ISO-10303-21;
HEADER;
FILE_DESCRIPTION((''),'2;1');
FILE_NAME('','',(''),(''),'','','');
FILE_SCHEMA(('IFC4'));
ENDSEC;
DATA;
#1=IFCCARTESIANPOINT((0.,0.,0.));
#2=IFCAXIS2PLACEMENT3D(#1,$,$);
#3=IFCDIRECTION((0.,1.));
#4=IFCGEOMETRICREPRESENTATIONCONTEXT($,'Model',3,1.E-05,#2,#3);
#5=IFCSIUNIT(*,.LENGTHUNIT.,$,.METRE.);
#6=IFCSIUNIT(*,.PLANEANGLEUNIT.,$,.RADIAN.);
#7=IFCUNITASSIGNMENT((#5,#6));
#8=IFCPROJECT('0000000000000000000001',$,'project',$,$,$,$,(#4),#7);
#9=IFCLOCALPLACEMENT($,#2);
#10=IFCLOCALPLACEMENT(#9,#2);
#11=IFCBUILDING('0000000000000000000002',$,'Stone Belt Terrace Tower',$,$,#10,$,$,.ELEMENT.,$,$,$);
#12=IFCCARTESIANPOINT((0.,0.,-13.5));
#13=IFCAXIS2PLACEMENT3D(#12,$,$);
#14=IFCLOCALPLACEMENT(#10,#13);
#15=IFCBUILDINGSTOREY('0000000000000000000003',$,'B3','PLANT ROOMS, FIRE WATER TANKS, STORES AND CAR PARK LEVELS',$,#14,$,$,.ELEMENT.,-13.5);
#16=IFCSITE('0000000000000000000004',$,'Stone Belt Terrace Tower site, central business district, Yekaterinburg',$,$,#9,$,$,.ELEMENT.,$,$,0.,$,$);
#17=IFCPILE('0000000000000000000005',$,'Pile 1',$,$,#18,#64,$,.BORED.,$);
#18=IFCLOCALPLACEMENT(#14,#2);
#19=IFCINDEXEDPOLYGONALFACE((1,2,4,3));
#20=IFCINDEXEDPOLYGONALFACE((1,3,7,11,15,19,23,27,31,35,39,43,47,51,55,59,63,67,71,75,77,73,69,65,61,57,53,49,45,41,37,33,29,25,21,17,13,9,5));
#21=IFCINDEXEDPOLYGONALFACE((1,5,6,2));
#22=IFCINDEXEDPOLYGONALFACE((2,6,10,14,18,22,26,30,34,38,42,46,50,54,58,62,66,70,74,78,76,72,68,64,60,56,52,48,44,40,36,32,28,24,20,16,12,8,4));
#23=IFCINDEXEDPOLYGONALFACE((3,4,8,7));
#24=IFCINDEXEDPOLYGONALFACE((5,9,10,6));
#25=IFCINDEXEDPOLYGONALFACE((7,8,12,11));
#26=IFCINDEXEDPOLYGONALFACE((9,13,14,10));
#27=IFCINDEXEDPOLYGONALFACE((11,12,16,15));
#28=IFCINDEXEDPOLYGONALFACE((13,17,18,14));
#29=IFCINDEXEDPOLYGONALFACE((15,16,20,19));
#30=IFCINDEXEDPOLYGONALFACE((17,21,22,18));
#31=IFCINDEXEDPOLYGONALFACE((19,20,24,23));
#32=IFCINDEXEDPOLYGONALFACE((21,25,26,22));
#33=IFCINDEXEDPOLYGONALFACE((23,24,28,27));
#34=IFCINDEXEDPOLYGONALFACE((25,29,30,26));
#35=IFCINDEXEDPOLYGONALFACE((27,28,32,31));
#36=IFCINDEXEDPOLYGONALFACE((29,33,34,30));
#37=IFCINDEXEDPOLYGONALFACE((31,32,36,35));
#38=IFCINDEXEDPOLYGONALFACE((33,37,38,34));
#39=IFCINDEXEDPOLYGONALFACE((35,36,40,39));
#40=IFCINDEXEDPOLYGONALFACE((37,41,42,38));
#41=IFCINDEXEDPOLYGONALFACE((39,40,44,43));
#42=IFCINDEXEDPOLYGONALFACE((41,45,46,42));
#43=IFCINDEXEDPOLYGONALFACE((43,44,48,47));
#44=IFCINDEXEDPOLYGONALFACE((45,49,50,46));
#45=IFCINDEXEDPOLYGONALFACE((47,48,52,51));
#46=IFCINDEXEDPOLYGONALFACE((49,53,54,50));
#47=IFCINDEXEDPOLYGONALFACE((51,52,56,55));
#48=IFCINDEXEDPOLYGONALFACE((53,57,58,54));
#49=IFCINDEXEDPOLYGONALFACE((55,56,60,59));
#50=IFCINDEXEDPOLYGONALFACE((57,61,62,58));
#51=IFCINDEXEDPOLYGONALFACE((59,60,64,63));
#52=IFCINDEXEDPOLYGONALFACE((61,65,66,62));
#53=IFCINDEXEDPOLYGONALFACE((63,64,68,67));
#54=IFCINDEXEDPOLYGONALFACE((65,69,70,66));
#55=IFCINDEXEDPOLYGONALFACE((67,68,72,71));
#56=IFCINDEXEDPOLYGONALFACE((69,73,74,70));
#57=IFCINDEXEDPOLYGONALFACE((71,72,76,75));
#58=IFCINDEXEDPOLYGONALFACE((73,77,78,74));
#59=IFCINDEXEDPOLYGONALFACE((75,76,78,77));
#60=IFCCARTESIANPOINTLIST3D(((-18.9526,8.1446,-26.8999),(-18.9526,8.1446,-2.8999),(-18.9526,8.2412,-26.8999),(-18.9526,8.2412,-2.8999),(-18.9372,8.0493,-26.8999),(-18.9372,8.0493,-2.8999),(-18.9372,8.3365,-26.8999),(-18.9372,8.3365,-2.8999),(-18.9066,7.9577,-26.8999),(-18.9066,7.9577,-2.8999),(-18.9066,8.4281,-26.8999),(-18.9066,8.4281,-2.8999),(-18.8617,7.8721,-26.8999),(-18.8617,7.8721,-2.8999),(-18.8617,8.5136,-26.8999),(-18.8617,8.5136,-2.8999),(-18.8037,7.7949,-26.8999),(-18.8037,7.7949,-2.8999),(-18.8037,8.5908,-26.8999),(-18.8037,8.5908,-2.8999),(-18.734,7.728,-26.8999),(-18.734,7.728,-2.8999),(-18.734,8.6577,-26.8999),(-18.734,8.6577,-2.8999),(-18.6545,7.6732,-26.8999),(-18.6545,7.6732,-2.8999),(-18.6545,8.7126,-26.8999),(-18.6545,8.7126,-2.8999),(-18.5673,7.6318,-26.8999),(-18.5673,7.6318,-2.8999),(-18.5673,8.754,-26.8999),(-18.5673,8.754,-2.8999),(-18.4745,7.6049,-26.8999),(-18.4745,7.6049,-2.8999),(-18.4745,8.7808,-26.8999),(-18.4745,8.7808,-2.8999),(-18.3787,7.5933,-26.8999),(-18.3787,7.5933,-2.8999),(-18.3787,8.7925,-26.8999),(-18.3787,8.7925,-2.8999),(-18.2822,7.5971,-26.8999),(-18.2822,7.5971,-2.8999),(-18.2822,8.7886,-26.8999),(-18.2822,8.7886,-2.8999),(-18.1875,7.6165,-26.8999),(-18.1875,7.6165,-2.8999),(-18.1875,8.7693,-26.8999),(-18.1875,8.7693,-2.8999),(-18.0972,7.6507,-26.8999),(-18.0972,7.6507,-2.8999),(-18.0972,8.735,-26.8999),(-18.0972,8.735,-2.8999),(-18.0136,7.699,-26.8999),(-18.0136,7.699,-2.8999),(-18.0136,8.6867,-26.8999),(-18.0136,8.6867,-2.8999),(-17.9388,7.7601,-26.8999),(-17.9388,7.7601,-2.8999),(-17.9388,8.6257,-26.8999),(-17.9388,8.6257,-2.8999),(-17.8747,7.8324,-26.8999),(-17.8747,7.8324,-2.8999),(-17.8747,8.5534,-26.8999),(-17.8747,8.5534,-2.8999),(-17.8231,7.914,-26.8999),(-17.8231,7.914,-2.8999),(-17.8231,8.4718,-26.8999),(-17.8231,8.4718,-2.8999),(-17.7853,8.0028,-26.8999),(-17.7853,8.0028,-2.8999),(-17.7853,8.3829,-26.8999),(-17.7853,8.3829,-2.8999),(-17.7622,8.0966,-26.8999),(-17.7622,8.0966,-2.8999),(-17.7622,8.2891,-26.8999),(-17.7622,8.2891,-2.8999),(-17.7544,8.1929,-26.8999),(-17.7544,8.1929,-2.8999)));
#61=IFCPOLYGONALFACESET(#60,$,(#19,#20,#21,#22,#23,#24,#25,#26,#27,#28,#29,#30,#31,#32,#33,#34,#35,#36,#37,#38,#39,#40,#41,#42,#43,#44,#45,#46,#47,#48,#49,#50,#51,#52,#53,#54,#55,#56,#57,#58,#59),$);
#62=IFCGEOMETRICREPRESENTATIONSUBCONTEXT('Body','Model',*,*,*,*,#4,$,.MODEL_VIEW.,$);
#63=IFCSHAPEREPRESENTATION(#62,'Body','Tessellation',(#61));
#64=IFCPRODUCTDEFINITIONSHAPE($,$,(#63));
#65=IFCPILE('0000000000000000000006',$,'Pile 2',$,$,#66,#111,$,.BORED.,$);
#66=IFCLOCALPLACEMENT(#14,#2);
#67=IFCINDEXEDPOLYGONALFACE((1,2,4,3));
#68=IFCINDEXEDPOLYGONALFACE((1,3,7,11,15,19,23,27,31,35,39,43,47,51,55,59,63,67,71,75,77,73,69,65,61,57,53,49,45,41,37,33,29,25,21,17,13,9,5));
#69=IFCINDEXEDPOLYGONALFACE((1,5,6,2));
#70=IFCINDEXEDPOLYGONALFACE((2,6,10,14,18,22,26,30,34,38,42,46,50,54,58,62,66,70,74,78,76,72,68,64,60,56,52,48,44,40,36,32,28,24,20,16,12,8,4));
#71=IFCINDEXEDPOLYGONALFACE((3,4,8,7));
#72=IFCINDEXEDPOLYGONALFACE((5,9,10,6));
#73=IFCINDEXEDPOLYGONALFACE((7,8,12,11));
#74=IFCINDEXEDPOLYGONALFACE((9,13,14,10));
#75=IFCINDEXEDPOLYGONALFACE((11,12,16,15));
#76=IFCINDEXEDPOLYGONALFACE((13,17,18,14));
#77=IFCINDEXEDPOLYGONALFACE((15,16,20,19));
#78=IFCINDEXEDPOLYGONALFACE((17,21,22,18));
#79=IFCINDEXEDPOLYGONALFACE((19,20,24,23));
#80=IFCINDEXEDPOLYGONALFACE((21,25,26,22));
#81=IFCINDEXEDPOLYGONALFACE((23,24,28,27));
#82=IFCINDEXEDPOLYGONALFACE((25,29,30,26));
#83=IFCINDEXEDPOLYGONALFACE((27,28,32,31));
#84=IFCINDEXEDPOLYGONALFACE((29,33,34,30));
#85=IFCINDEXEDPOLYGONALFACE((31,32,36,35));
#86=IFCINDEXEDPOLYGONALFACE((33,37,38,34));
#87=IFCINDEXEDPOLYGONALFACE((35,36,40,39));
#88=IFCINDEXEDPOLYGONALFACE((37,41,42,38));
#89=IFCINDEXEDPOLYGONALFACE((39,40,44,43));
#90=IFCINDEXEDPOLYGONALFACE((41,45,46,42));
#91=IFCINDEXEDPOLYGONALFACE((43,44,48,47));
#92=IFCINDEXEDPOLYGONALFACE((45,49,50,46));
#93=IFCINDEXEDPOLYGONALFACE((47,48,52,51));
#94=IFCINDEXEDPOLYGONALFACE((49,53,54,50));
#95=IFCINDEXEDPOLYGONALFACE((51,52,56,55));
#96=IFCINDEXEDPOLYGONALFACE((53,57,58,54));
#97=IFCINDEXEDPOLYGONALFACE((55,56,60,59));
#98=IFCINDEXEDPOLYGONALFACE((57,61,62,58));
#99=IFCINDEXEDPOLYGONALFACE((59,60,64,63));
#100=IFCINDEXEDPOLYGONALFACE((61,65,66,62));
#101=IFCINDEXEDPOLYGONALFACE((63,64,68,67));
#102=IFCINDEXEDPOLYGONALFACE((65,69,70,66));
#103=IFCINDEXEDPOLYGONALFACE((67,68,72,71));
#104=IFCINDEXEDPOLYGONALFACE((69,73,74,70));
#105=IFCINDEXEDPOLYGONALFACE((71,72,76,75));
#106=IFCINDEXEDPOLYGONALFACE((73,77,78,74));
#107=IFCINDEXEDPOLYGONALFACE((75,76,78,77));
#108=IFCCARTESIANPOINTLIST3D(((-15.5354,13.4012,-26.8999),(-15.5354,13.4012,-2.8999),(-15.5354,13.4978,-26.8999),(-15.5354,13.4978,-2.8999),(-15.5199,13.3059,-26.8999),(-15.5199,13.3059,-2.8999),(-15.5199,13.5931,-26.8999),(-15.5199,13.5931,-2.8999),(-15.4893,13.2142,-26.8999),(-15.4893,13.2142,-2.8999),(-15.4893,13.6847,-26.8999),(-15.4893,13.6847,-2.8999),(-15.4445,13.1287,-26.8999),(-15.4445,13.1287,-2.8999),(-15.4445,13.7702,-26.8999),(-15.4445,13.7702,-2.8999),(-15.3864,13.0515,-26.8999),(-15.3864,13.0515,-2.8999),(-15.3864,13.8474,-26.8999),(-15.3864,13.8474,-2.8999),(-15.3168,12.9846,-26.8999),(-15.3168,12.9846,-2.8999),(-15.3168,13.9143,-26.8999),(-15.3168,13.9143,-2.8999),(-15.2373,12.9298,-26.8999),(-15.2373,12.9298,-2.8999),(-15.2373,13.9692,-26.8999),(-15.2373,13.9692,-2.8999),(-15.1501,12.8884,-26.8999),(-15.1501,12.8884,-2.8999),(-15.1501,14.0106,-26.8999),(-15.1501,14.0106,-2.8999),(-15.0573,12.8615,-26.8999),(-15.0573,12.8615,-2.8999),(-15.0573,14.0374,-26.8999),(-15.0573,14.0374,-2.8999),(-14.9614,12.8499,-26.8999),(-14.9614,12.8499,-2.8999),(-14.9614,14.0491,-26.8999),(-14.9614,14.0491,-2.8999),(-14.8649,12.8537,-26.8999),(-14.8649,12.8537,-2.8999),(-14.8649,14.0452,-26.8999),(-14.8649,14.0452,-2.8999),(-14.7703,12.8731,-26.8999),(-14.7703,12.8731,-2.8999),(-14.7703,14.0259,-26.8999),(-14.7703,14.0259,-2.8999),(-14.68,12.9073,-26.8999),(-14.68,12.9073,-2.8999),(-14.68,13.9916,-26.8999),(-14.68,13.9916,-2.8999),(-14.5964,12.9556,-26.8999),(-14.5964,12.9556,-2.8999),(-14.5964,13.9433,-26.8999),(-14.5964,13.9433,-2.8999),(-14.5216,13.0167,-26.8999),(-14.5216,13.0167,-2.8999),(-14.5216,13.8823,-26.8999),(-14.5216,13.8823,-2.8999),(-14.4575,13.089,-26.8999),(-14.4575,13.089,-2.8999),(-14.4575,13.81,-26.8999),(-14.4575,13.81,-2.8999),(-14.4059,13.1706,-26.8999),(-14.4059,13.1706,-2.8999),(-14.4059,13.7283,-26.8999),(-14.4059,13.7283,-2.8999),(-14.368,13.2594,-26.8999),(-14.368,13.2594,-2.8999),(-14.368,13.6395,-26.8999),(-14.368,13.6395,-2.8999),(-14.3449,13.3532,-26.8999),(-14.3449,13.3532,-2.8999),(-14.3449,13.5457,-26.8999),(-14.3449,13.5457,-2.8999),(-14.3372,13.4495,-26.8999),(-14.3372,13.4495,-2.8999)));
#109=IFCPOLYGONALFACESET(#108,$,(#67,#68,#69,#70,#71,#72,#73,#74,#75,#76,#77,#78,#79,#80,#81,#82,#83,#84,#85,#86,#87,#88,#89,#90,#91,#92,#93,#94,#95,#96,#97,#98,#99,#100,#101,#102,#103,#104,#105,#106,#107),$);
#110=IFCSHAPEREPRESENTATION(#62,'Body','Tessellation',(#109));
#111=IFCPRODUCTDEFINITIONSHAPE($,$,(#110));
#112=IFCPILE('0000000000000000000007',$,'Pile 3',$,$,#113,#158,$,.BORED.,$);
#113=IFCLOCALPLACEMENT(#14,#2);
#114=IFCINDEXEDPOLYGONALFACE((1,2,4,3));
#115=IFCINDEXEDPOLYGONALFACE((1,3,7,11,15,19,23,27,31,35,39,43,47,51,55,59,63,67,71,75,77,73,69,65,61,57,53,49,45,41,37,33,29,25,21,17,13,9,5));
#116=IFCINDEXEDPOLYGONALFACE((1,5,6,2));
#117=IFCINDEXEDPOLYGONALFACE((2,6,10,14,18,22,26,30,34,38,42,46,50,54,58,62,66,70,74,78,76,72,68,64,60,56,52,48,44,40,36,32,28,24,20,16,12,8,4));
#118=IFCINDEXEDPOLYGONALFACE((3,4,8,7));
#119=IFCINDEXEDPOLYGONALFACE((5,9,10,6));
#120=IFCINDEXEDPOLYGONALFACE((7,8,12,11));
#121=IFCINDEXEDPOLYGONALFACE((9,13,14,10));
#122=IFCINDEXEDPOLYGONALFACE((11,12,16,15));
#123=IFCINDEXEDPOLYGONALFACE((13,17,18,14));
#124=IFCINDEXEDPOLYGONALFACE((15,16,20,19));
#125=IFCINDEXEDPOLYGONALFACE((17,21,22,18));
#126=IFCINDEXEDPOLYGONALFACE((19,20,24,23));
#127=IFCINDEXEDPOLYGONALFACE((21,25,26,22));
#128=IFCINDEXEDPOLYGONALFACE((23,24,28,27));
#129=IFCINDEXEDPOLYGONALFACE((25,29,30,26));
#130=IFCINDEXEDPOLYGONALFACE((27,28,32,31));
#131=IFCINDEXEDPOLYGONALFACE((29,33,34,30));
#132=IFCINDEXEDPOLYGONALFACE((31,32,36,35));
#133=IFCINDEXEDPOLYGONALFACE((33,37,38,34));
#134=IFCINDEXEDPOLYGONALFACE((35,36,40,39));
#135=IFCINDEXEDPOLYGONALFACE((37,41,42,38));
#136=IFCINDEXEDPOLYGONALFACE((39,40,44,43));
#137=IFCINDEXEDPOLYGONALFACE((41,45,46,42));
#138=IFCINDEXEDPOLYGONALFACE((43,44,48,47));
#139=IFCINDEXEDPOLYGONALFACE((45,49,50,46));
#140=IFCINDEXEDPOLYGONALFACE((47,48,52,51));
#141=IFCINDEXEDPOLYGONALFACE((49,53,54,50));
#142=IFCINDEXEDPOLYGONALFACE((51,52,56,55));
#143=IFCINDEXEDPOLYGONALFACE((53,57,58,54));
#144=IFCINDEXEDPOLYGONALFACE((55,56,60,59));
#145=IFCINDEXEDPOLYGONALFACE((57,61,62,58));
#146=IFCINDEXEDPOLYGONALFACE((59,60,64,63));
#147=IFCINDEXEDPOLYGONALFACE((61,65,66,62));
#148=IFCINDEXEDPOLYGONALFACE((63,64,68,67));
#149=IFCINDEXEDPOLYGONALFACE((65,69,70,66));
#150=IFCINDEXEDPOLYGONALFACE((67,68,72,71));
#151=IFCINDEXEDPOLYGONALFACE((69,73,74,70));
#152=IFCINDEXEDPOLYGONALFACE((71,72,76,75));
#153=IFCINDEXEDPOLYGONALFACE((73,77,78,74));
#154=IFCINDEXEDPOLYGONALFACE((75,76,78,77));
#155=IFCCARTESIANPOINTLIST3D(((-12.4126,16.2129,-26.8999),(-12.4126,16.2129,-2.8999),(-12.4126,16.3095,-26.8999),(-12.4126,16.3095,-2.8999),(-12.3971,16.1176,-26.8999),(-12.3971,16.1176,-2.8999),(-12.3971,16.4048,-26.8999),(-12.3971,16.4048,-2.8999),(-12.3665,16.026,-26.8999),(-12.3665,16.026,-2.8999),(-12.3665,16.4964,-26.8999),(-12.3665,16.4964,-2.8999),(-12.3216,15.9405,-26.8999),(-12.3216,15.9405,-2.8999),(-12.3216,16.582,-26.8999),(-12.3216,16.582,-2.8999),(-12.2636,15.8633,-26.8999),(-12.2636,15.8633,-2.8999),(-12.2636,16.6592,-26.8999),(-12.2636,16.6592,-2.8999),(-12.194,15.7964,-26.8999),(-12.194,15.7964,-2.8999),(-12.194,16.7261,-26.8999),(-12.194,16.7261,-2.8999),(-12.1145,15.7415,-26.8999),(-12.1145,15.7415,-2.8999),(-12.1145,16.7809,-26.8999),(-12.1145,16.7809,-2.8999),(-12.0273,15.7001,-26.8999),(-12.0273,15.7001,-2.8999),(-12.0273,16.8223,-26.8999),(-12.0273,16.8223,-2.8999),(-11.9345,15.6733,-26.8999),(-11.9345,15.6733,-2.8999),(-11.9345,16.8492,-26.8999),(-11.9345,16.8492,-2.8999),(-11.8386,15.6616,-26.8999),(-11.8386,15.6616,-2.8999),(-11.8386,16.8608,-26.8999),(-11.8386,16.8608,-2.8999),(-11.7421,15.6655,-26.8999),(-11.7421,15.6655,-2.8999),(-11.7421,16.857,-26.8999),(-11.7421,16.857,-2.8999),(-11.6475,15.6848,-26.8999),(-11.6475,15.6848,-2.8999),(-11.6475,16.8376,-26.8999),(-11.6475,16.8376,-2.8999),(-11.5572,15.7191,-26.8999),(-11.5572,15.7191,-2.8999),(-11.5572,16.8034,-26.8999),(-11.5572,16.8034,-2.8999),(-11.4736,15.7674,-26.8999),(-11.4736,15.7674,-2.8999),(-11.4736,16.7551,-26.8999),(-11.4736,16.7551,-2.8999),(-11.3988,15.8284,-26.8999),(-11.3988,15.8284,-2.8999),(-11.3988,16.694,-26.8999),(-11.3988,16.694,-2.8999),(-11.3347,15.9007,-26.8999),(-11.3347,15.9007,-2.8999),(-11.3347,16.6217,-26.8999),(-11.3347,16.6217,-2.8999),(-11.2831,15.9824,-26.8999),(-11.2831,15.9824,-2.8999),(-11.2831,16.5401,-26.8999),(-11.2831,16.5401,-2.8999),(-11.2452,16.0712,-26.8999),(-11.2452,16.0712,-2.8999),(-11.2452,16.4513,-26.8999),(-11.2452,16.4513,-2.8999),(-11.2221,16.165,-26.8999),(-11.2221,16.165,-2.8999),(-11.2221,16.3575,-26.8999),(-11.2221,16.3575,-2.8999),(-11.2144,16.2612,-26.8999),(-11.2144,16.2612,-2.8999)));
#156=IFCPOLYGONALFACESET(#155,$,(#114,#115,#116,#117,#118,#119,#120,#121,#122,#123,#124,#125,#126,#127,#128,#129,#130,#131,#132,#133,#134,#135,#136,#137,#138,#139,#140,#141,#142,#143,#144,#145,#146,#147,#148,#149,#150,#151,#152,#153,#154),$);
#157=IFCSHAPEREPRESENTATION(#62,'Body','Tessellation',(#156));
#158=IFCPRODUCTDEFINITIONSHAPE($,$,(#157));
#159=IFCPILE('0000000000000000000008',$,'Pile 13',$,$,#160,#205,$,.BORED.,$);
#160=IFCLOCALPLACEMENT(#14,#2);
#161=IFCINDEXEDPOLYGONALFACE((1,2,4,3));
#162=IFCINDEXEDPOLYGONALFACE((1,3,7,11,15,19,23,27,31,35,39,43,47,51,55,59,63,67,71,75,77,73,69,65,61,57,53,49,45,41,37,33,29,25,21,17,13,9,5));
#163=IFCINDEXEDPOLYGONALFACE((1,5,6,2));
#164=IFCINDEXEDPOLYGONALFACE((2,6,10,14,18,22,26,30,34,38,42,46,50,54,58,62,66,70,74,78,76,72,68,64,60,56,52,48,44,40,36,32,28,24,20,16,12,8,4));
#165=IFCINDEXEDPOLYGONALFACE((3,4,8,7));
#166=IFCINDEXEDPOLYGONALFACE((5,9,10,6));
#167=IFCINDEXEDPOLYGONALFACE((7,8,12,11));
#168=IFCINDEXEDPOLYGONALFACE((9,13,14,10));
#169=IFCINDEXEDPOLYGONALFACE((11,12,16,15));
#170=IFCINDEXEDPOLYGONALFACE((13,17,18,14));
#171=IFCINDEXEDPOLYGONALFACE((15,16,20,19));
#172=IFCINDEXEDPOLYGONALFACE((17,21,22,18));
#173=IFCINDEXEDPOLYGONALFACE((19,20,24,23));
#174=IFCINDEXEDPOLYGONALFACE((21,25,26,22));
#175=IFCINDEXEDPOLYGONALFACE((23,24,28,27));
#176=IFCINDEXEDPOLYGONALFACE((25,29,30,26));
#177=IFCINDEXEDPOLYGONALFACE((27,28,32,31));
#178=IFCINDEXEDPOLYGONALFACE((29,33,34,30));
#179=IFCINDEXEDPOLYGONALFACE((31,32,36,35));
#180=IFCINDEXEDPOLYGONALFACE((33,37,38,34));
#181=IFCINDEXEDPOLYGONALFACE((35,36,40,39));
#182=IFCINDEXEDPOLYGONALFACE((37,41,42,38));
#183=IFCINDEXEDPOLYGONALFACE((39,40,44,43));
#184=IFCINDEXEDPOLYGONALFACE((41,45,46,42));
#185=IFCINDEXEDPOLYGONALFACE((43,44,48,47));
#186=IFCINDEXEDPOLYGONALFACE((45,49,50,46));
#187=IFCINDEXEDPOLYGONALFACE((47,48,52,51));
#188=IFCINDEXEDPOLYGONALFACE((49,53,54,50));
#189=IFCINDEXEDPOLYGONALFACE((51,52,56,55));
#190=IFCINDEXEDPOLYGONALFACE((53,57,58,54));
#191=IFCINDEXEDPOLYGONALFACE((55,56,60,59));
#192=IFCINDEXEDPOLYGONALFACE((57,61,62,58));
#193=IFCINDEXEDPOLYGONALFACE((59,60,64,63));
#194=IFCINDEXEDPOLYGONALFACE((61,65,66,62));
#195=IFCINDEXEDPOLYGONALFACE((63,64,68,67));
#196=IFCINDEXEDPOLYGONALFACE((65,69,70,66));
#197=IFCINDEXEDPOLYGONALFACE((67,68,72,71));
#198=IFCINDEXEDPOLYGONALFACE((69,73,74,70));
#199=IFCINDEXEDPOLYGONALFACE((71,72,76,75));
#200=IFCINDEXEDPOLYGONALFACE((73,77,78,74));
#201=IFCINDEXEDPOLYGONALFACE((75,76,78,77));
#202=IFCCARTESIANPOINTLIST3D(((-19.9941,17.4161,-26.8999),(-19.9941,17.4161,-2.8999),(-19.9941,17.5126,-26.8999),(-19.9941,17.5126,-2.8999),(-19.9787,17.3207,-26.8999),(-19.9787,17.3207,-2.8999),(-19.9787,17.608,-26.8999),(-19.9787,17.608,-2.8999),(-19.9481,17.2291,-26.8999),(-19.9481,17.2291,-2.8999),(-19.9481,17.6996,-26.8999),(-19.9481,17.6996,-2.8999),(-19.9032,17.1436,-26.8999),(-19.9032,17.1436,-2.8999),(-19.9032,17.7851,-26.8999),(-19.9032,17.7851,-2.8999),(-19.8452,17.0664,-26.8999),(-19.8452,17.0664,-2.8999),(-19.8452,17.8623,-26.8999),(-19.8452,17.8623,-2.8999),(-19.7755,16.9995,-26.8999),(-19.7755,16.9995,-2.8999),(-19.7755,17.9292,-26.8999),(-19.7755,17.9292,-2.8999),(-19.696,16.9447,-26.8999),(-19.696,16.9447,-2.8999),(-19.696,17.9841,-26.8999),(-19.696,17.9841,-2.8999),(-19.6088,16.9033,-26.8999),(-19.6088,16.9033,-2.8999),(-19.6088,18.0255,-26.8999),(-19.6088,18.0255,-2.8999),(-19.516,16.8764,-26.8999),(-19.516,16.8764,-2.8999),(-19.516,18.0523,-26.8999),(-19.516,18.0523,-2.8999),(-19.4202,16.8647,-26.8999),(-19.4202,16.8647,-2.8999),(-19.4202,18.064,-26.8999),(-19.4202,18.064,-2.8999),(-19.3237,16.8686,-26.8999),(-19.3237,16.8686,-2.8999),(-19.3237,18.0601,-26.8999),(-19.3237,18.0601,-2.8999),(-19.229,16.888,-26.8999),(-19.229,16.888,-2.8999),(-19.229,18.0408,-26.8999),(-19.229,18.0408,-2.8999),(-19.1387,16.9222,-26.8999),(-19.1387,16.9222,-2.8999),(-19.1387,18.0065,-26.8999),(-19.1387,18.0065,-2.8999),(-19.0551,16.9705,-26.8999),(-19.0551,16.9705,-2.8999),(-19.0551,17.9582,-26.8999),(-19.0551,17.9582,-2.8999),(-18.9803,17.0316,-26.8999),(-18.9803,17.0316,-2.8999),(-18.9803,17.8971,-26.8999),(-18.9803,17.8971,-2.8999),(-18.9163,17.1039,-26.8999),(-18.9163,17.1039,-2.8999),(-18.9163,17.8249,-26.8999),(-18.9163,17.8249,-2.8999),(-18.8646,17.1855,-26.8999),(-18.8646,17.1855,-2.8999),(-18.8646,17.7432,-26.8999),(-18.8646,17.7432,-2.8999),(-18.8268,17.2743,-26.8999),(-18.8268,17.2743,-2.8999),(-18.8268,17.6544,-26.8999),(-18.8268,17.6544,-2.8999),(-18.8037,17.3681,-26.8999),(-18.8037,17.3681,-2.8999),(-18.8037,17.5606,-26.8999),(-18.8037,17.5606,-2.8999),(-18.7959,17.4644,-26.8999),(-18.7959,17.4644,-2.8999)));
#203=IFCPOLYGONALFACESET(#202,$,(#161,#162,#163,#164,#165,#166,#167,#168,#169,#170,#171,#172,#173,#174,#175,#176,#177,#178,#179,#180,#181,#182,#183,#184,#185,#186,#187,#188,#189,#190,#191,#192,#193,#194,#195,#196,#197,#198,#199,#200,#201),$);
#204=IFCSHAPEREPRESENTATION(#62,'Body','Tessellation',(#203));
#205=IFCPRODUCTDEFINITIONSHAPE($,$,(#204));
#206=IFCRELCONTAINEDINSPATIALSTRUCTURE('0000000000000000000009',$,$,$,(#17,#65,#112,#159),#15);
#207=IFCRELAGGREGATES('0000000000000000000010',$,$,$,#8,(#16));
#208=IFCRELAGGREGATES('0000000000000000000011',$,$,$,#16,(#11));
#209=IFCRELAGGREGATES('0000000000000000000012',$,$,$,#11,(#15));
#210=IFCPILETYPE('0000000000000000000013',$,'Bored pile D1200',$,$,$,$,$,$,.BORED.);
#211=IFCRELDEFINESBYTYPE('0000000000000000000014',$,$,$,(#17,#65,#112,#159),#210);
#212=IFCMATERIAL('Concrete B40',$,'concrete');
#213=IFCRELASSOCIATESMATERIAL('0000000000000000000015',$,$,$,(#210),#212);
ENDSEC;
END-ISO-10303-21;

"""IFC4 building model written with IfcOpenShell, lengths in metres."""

from ifc_helpers import new_model, si_unit, direction, frame, origin, origin_2d, place, context, subcontext, project, spatial, circle, extrude, material, material_profile, profile_set, type_object, element, save


model = new_model("IFC4")

# Units and contexts
model_context = context("Model", 3, precision=1e-05, world=origin(), true_north=direction((0.0, 1.0)))
body_context = subcontext(model_context, "Body", "Model", "MODEL_VIEW")
ifc_project = project(units=[si_unit("LENGTHUNIT", "METRE"), si_unit("PLANEANGLEUNIT", "RADIAN")], contexts=[model_context])

# Site, building, storey
site_placement = place(None, origin())
site = spatial("IfcSite", under=ifc_project, at=site_placement, Name="Stone Belt Terrace Tower site, central business district, Yekaterinburg", CompositionType="ELEMENT", RefElevation=0.0)
building_placement = place(site_placement, origin())
building = spatial("IfcBuilding", under=site, at=building_placement, Name="Stone Belt Terrace Tower", CompositionType="ELEMENT")
storey_placement = place(building_placement, frame((0.0, 0.0, -13.5)))
storey = spatial("IfcBuildingStorey", under=building, at=storey_placement, Name="B3", Description="PLANT ROOMS, FIRE WATER TANKS, STORES AND CAR PARK LEVELS", CompositionType="ELEMENT", Elevation=-13.5)

# Piles
ifc_material_1 = material(Name="Concrete B40", Category="concrete")
ifc_material_profile_1 = material_profile(ifc_material_1, circle(Radius=0.6001, at=origin_2d()), Name="PILE D1200")
ifc_profile_set_1 = profile_set([ifc_material_profile_1], Name="Concrete B40")
pile_type = type_object("IfcPileType", Name="Bored pile D1200", PredefinedType="BORED", material=ifc_profile_set_1)
for number, where, z_axis, x_axis, name in (
    (1, (-18.3545, 8.1929, -2.8999), (0.0, 0.0, -1.0), (1.0, 0.0, 0.0), "Pile 1"),
    (2, (-14.9373, 13.4495, -2.8999), (0.0, 0.0, -1.0), (1.0, 0.0, 0.0), "Pile 2"),
    (3, (-11.8145, 16.2612, -2.8999), (0.0, 0.0, -1.0), (1.0, 0.0, 0.0), "Pile 3"),
    (4, (-19.396, 17.4644, -2.8999), (0.0, 0.0, -1.0), (1.0, 0.0, 0.0), "Pile 13"),
):
    element("IfcPile", number, at=place(storey_placement, frame(where, z_axis=z_axis, x_axis=x_axis)), inside=storey, type_object=pile_type, Name=name, PredefinedType="BORED", context=body_context, shape_type="SweptSolid", body=[
        extrude(circle(Radius=0.6001, at=origin_2d()), origin(), (0.0, 0.0, 1.0), 24.0),
    ])

save(model, "model.ifc")
